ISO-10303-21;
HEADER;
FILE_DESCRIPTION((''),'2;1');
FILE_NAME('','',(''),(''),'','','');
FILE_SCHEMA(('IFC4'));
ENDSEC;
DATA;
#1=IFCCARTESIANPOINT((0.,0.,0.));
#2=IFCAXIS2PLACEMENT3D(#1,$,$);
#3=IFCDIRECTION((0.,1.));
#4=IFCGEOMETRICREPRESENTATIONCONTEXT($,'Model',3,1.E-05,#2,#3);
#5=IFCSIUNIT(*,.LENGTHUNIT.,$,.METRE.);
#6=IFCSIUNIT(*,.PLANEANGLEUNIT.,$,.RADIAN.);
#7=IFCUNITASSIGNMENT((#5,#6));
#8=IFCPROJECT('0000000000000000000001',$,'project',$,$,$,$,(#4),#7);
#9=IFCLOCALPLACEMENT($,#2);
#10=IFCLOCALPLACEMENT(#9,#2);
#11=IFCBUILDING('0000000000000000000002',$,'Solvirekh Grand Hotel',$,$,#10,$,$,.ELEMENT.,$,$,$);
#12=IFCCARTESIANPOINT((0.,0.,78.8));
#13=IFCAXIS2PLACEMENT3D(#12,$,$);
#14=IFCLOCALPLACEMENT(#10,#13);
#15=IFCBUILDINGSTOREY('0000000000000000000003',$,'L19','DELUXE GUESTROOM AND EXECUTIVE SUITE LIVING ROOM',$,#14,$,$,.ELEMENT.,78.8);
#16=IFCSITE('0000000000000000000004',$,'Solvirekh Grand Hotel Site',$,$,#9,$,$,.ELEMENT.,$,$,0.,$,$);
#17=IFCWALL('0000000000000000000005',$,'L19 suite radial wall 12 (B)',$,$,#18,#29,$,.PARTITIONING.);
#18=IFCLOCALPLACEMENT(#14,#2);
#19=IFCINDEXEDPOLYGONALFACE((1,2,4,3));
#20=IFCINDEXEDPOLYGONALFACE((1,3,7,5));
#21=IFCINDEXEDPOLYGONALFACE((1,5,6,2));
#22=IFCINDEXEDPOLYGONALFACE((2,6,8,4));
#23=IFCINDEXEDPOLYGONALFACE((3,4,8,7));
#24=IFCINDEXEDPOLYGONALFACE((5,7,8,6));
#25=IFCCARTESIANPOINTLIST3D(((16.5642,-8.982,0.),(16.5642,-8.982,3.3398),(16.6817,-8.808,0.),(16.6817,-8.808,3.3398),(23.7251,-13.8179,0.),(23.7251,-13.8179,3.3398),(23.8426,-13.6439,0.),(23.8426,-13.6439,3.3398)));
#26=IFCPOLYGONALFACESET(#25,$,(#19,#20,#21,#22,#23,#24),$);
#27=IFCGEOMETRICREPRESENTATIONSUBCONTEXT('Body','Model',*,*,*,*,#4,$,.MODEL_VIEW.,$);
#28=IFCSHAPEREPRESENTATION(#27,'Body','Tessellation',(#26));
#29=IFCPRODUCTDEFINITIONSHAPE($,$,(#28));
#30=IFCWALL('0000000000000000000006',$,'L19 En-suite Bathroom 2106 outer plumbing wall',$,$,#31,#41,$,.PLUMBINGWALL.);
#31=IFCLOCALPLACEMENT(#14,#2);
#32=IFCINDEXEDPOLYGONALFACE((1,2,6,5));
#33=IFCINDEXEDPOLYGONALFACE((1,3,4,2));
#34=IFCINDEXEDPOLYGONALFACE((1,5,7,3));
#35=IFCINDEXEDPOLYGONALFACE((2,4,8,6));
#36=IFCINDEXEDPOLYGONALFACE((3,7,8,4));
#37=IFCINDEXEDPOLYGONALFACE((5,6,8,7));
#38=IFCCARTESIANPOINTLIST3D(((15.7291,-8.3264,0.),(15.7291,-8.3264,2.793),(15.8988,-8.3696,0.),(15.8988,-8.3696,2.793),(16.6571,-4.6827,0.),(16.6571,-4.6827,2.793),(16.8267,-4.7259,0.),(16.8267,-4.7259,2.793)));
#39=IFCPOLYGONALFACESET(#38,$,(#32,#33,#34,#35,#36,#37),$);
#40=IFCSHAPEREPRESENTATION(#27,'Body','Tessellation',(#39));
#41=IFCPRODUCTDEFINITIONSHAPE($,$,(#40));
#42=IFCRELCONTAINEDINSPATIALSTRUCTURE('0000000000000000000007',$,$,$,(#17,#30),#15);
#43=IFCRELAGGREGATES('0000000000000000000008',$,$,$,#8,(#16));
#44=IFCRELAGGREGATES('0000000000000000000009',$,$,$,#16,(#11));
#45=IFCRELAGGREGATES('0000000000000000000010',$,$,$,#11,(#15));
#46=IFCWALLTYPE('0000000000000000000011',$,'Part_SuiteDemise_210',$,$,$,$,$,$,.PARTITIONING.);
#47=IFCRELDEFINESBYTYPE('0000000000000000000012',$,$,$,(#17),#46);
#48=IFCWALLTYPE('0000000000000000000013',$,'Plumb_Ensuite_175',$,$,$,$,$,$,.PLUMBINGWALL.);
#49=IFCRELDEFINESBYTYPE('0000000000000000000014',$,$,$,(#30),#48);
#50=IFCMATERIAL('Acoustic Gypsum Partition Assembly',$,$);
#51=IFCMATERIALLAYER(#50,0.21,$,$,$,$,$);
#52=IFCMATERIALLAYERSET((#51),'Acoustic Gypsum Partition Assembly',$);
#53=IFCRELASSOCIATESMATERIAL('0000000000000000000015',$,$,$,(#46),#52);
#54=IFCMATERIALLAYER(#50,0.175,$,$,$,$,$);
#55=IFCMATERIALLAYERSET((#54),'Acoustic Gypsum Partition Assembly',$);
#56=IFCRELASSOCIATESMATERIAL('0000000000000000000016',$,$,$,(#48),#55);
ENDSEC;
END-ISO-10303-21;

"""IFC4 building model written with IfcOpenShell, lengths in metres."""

from ifc_helpers import new_model, si_unit, direction, frame, frame_2d, origin, place, context, subcontext, project, spatial, rectangle, extrude, material, layer, layer_set, type_object, element, save


model = new_model("IFC4")

# Units and contexts
model_context = context("Model", 3, precision=1e-05, world=origin(), true_north=direction((0.0, 1.0)))
body_context = subcontext(model_context, "Body", "Model", "MODEL_VIEW")
ifc_project = project(units=[si_unit("LENGTHUNIT", "METRE"), si_unit("PLANEANGLEUNIT", "RADIAN")], contexts=[model_context])

# Site, building, storey
site_placement = place(None, origin())
site = spatial("IfcSite", under=ifc_project, at=site_placement, Name="Solvirekh Grand Hotel Site", CompositionType="ELEMENT", RefElevation=0.0)
building_placement = place(site_placement, origin())
building = spatial("IfcBuilding", under=site, at=building_placement, Name="Solvirekh Grand Hotel", CompositionType="ELEMENT")
storey_placement = place(building_placement, frame((0.0, 0.0, 78.8)))
storey = spatial("IfcBuildingStorey", under=building, at=storey_placement, Name="L19", Description="DELUXE GUESTROOM AND EXECUTIVE SUITE LIVING ROOM", CompositionType="ELEMENT", Elevation=78.8)

# Walls
ifc_material_1 = material(Name="Acoustic Gypsum Partition Assembly")
ifc_layer_1 = layer(ifc_material_1, 0.21)
ifc_layer_set_1 = layer_set([ifc_layer_1], Name="Acoustic Gypsum Partition Assembly")
wall_type_1 = type_object("IfcWallType", Name="Part_SuiteDemise_210", PredefinedType="PARTITIONING", material=ifc_layer_set_1)
wall_1_placement = place(storey_placement, frame((16.623, -8.895, 0.0), z_axis=(0.0, 0.0, 1.0), x_axis=(0.828723, -0.559659, 0.0)))
element("IfcWall", 1, at=wall_1_placement, inside=storey, type_object=wall_type_1, Name="L19 suite radial wall 12 (B)", PredefinedType="PARTITIONING", context=body_context, shape_type="SweptSolid", body=[
    extrude(rectangle(XDim=8.6409, YDim=0.21, at=frame_2d((4.3203, 0.0))), origin(), (0.0, 0.0, 1.0), 3.3398),
])
ifc_layer_2 = layer(ifc_material_1, 0.175)
ifc_layer_set_2 = layer_set([ifc_layer_2], Name="Acoustic Gypsum Partition Assembly")
wall_type_2 = type_object("IfcWallType", Name="Plumb_Ensuite_175", PredefinedType="PLUMBINGWALL", material=ifc_layer_set_2)
wall_2_placement = place(storey_placement, frame((15.814, -8.3479, 0.0), z_axis=(0.0, 0.0, 1.0), x_axis=(0.246796, 0.969068, 0.0)))
element("IfcWall", 2, at=wall_2_placement, inside=storey, type_object=wall_type_2, Name="L19 En-suite Bathroom 2106 outer plumbing wall", PredefinedType="PLUMBINGWALL", context=body_context, shape_type="SweptSolid", body=[
    extrude(rectangle(XDim=3.76, YDim=0.175, at=frame_2d((1.8799, 0.0))), origin(), (0.0, 0.0, 1.0), 2.793),
])

save(model, "model.ifc")
